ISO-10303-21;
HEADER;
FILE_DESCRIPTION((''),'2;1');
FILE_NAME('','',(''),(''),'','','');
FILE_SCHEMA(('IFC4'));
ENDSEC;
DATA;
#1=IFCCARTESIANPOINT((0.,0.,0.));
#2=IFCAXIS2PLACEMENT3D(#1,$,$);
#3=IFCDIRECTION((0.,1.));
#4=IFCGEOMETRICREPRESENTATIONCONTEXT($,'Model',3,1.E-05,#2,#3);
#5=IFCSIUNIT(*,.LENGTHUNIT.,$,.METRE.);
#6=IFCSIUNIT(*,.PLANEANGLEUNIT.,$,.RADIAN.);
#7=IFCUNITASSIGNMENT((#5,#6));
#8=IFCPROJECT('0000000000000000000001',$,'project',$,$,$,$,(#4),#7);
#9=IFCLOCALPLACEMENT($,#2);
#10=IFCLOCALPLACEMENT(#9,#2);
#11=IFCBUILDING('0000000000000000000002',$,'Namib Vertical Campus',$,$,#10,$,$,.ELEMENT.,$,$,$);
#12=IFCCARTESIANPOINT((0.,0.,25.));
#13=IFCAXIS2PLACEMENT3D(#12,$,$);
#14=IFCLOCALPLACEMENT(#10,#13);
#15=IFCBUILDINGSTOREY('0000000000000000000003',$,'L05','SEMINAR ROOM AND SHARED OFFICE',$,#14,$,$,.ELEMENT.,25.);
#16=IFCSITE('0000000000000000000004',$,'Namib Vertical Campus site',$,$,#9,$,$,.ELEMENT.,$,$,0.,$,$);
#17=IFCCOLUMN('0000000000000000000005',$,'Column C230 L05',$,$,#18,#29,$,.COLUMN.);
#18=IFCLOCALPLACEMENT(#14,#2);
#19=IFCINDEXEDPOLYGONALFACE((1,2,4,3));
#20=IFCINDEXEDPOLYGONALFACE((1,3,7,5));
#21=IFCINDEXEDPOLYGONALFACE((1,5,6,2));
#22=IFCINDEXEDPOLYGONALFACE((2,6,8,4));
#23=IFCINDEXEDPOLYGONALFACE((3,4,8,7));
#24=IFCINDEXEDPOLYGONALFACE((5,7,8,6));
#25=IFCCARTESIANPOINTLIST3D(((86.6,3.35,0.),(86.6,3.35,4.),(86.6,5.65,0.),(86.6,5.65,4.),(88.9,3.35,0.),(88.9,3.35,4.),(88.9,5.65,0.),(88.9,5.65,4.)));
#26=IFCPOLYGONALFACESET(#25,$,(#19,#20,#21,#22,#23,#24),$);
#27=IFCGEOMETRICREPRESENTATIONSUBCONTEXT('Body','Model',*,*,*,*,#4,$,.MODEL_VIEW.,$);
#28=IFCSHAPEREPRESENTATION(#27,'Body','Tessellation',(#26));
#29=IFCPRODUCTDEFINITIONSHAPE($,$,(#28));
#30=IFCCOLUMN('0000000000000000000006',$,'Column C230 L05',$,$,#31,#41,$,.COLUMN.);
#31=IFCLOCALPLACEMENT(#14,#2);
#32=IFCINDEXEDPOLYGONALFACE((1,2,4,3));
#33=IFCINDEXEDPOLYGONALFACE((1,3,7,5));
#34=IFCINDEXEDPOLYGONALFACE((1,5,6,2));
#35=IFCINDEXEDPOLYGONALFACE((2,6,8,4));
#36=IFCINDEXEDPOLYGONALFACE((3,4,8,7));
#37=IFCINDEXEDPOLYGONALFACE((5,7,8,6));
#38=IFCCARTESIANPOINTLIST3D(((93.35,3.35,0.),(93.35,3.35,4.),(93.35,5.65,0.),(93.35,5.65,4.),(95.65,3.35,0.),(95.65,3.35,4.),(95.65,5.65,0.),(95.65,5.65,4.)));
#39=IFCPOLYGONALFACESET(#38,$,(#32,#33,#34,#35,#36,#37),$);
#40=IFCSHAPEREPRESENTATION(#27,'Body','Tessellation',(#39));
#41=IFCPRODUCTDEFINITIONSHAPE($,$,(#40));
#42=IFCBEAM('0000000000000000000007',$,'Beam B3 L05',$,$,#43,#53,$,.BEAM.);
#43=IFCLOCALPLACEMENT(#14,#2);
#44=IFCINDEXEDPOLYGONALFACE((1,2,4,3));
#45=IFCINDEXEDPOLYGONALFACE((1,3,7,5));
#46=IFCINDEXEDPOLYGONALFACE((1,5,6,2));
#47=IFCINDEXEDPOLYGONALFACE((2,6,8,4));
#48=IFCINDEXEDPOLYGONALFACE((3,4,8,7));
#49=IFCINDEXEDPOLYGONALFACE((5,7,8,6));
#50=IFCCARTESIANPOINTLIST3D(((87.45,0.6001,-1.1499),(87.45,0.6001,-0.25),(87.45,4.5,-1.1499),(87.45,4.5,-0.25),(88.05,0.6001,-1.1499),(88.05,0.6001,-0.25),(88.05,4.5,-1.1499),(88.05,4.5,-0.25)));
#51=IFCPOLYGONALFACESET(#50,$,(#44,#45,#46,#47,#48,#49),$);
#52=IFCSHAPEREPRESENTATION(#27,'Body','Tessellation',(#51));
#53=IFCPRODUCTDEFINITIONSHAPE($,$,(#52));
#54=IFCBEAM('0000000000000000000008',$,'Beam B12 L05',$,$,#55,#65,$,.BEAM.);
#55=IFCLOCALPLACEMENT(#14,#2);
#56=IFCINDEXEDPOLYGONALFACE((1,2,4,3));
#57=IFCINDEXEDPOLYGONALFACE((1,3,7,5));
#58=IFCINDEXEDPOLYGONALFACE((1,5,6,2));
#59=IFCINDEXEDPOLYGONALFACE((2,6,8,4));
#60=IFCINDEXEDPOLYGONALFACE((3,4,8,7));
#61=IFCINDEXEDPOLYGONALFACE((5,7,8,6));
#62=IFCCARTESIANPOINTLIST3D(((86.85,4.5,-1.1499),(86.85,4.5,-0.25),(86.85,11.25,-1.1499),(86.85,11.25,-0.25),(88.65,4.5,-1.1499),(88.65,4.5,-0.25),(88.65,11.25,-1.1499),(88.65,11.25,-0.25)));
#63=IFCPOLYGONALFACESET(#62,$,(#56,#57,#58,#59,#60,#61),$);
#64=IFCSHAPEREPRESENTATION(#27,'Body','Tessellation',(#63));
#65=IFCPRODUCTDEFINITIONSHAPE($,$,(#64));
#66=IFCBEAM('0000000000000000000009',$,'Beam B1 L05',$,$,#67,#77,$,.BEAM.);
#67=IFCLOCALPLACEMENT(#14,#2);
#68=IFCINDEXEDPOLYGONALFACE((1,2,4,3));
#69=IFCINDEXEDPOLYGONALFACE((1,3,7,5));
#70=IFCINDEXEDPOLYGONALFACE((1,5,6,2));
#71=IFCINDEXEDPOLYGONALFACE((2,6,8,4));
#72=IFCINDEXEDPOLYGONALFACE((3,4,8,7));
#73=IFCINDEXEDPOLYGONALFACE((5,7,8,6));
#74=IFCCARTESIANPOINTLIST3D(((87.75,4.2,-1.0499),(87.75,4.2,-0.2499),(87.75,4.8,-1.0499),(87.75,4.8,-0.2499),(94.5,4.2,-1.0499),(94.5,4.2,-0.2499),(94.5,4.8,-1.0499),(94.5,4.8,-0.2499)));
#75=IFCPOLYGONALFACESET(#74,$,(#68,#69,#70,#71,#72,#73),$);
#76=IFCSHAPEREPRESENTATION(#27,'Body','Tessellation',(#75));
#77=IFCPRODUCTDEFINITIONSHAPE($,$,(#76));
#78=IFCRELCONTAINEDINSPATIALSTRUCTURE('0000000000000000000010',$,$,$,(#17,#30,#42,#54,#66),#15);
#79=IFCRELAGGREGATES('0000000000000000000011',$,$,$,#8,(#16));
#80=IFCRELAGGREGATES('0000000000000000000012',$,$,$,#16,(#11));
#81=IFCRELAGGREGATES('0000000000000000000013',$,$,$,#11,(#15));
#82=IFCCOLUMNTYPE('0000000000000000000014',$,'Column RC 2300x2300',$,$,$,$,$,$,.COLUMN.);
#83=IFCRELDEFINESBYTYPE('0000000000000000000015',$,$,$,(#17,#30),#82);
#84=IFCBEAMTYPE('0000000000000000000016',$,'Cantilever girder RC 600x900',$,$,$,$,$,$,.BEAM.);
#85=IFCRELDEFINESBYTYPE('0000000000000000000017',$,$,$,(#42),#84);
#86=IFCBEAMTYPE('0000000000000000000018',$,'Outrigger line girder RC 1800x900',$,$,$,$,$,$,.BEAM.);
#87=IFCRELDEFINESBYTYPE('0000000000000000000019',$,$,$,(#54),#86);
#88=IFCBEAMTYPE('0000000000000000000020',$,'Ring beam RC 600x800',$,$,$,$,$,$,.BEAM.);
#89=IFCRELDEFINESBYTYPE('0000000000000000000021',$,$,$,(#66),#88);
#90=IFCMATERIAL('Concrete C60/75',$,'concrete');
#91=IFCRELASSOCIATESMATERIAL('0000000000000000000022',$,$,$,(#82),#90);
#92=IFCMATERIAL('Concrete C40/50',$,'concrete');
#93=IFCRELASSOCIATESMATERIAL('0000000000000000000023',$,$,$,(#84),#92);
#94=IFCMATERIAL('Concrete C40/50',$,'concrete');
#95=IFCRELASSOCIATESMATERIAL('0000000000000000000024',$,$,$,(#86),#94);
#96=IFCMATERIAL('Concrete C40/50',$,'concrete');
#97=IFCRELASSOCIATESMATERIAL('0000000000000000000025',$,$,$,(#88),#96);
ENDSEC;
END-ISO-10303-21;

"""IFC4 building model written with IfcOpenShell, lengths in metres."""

from ifc_helpers import new_model, si_unit, direction, frame, origin, origin_2d, place, context, subcontext, project, spatial, rectangle, extrude, material, material_profile, profile_set, type_object, element, save


model = new_model("IFC4")

# Units and contexts
model_context = context("Model", 3, precision=1e-05, world=origin(), true_north=direction((0.0, 1.0)))
body_context = subcontext(model_context, "Body", "Model", "MODEL_VIEW")
ifc_project = project(units=[si_unit("LENGTHUNIT", "METRE"), si_unit("PLANEANGLEUNIT", "RADIAN")], contexts=[model_context])

# Site, building, storey
site_placement = place(None, origin())
site = spatial("IfcSite", under=ifc_project, at=site_placement, Name="Namib Vertical Campus site", CompositionType="ELEMENT", RefElevation=0.0)
building_placement = place(site_placement, origin())
building = spatial("IfcBuilding", under=site, at=building_placement, Name="Namib Vertical Campus", CompositionType="ELEMENT")
storey_placement = place(building_placement, frame((0.0, 0.0, 25.0)))
storey = spatial("IfcBuildingStorey", under=building, at=storey_placement, Name="L05", Description="SEMINAR ROOM AND SHARED OFFICE", CompositionType="ELEMENT", Elevation=25.0)

# Columns
ifc_material_1 = material(Name="Concrete C60/75", Category="concrete")
ifc_material_profile_1 = material_profile(ifc_material_1, rectangle(XDim=2.3, YDim=2.3, at=origin_2d()))
ifc_profile_set_1 = profile_set([ifc_material_profile_1], Name="Concrete C60/75")
column_type = type_object("IfcColumnType", Name="Column RC 2300x2300", PredefinedType="COLUMN", material=ifc_profile_set_1)
for number, where, z_axis, x_axis, name in (
    (1, (87.75, 4.5, 0.0), (0.0, 0.0, 1.0), (1.0, 0.0, 0.0), "Column C230 L05"),
    (2, (94.5, 4.5, 0.0), (0.0, 0.0, 1.0), (1.0, 0.0, 0.0), "Column C230 L05"),
):
    element("IfcColumn", number, at=place(storey_placement, frame(where, z_axis=z_axis, x_axis=x_axis)), inside=storey, type_object=column_type, Name=name, PredefinedType="COLUMN", context=body_context, shape_type="SweptSolid", body=[
        extrude(rectangle(XDim=2.3, YDim=2.3, at=origin_2d()), origin(), (0.0, 0.0, 1.0), 4.0),
    ])

# Beams
ifc_material_2 = material(Name="Concrete C40/50", Category="concrete")
ifc_material_profile_2 = material_profile(ifc_material_2, rectangle(XDim=0.6001, YDim=0.8999, at=origin_2d()))
ifc_profile_set_2 = profile_set([ifc_material_profile_2], Name="Concrete C40/50")
beam_type_1 = type_object("IfcBeamType", Name="Cantilever girder RC 600x900", PredefinedType="BEAM", material=ifc_profile_set_2)
beam_1_placement = place(storey_placement, frame((87.75, 4.5, -0.7), z_axis=(0.0, -1.0, 0.0), x_axis=(1.0, 0.0, 0.0)))
element("IfcBeam", 3, at=beam_1_placement, inside=storey, type_object=beam_type_1, Name="Beam B3 L05", PredefinedType="BEAM", context=body_context, shape_type="SweptSolid", body=[
    extrude(rectangle(XDim=0.6001, YDim=0.8999, at=origin_2d()), origin(), (0.0, 0.0, 1.0), 3.8999),
])
ifc_material_3 = material(Name="Concrete C40/50", Category="concrete")
ifc_material_profile_3 = material_profile(ifc_material_3, rectangle(XDim=1.8, YDim=0.8999, at=origin_2d()))
ifc_profile_set_3 = profile_set([ifc_material_profile_3], Name="Concrete C40/50")
beam_type_2 = type_object("IfcBeamType", Name="Outrigger line girder RC 1800x900", PredefinedType="BEAM", material=ifc_profile_set_3)
beam_2_placement = place(storey_placement, frame((87.75, 4.5, -0.7), z_axis=(0.0, 1.0, 0.0), x_axis=(-1.0, 0.0, 0.0)))
element("IfcBeam", 4, at=beam_2_placement, inside=storey, type_object=beam_type_2, Name="Beam B12 L05", PredefinedType="BEAM", context=body_context, shape_type="SweptSolid", body=[
    extrude(rectangle(XDim=1.8, YDim=0.8999, at=origin_2d()), origin(), (0.0, 0.0, 1.0), 6.75),
])
ifc_material_4 = material(Name="Concrete C40/50", Category="concrete")
ifc_material_profile_4 = material_profile(ifc_material_4, rectangle(XDim=0.6001, YDim=0.8, at=origin_2d()))
ifc_profile_set_4 = profile_set([ifc_material_profile_4], Name="Concrete C40/50")
beam_type_3 = type_object("IfcBeamType", Name="Ring beam RC 600x800", PredefinedType="BEAM", material=ifc_profile_set_4)
beam_3_placement = place(storey_placement, frame((87.75, 4.5, -0.6499), z_axis=(1.0, 0.0, 0.0), x_axis=(0.0, 1.0, 0.0)))
element("IfcBeam", 5, at=beam_3_placement, inside=storey, type_object=beam_type_3, Name="Beam B1 L05", PredefinedType="BEAM", context=body_context, shape_type="SweptSolid", body=[
    extrude(rectangle(XDim=0.6001, YDim=0.8, at=origin_2d()), origin(), (0.0, 0.0, 1.0), 6.75),
])

save(model, "model.ifc")
